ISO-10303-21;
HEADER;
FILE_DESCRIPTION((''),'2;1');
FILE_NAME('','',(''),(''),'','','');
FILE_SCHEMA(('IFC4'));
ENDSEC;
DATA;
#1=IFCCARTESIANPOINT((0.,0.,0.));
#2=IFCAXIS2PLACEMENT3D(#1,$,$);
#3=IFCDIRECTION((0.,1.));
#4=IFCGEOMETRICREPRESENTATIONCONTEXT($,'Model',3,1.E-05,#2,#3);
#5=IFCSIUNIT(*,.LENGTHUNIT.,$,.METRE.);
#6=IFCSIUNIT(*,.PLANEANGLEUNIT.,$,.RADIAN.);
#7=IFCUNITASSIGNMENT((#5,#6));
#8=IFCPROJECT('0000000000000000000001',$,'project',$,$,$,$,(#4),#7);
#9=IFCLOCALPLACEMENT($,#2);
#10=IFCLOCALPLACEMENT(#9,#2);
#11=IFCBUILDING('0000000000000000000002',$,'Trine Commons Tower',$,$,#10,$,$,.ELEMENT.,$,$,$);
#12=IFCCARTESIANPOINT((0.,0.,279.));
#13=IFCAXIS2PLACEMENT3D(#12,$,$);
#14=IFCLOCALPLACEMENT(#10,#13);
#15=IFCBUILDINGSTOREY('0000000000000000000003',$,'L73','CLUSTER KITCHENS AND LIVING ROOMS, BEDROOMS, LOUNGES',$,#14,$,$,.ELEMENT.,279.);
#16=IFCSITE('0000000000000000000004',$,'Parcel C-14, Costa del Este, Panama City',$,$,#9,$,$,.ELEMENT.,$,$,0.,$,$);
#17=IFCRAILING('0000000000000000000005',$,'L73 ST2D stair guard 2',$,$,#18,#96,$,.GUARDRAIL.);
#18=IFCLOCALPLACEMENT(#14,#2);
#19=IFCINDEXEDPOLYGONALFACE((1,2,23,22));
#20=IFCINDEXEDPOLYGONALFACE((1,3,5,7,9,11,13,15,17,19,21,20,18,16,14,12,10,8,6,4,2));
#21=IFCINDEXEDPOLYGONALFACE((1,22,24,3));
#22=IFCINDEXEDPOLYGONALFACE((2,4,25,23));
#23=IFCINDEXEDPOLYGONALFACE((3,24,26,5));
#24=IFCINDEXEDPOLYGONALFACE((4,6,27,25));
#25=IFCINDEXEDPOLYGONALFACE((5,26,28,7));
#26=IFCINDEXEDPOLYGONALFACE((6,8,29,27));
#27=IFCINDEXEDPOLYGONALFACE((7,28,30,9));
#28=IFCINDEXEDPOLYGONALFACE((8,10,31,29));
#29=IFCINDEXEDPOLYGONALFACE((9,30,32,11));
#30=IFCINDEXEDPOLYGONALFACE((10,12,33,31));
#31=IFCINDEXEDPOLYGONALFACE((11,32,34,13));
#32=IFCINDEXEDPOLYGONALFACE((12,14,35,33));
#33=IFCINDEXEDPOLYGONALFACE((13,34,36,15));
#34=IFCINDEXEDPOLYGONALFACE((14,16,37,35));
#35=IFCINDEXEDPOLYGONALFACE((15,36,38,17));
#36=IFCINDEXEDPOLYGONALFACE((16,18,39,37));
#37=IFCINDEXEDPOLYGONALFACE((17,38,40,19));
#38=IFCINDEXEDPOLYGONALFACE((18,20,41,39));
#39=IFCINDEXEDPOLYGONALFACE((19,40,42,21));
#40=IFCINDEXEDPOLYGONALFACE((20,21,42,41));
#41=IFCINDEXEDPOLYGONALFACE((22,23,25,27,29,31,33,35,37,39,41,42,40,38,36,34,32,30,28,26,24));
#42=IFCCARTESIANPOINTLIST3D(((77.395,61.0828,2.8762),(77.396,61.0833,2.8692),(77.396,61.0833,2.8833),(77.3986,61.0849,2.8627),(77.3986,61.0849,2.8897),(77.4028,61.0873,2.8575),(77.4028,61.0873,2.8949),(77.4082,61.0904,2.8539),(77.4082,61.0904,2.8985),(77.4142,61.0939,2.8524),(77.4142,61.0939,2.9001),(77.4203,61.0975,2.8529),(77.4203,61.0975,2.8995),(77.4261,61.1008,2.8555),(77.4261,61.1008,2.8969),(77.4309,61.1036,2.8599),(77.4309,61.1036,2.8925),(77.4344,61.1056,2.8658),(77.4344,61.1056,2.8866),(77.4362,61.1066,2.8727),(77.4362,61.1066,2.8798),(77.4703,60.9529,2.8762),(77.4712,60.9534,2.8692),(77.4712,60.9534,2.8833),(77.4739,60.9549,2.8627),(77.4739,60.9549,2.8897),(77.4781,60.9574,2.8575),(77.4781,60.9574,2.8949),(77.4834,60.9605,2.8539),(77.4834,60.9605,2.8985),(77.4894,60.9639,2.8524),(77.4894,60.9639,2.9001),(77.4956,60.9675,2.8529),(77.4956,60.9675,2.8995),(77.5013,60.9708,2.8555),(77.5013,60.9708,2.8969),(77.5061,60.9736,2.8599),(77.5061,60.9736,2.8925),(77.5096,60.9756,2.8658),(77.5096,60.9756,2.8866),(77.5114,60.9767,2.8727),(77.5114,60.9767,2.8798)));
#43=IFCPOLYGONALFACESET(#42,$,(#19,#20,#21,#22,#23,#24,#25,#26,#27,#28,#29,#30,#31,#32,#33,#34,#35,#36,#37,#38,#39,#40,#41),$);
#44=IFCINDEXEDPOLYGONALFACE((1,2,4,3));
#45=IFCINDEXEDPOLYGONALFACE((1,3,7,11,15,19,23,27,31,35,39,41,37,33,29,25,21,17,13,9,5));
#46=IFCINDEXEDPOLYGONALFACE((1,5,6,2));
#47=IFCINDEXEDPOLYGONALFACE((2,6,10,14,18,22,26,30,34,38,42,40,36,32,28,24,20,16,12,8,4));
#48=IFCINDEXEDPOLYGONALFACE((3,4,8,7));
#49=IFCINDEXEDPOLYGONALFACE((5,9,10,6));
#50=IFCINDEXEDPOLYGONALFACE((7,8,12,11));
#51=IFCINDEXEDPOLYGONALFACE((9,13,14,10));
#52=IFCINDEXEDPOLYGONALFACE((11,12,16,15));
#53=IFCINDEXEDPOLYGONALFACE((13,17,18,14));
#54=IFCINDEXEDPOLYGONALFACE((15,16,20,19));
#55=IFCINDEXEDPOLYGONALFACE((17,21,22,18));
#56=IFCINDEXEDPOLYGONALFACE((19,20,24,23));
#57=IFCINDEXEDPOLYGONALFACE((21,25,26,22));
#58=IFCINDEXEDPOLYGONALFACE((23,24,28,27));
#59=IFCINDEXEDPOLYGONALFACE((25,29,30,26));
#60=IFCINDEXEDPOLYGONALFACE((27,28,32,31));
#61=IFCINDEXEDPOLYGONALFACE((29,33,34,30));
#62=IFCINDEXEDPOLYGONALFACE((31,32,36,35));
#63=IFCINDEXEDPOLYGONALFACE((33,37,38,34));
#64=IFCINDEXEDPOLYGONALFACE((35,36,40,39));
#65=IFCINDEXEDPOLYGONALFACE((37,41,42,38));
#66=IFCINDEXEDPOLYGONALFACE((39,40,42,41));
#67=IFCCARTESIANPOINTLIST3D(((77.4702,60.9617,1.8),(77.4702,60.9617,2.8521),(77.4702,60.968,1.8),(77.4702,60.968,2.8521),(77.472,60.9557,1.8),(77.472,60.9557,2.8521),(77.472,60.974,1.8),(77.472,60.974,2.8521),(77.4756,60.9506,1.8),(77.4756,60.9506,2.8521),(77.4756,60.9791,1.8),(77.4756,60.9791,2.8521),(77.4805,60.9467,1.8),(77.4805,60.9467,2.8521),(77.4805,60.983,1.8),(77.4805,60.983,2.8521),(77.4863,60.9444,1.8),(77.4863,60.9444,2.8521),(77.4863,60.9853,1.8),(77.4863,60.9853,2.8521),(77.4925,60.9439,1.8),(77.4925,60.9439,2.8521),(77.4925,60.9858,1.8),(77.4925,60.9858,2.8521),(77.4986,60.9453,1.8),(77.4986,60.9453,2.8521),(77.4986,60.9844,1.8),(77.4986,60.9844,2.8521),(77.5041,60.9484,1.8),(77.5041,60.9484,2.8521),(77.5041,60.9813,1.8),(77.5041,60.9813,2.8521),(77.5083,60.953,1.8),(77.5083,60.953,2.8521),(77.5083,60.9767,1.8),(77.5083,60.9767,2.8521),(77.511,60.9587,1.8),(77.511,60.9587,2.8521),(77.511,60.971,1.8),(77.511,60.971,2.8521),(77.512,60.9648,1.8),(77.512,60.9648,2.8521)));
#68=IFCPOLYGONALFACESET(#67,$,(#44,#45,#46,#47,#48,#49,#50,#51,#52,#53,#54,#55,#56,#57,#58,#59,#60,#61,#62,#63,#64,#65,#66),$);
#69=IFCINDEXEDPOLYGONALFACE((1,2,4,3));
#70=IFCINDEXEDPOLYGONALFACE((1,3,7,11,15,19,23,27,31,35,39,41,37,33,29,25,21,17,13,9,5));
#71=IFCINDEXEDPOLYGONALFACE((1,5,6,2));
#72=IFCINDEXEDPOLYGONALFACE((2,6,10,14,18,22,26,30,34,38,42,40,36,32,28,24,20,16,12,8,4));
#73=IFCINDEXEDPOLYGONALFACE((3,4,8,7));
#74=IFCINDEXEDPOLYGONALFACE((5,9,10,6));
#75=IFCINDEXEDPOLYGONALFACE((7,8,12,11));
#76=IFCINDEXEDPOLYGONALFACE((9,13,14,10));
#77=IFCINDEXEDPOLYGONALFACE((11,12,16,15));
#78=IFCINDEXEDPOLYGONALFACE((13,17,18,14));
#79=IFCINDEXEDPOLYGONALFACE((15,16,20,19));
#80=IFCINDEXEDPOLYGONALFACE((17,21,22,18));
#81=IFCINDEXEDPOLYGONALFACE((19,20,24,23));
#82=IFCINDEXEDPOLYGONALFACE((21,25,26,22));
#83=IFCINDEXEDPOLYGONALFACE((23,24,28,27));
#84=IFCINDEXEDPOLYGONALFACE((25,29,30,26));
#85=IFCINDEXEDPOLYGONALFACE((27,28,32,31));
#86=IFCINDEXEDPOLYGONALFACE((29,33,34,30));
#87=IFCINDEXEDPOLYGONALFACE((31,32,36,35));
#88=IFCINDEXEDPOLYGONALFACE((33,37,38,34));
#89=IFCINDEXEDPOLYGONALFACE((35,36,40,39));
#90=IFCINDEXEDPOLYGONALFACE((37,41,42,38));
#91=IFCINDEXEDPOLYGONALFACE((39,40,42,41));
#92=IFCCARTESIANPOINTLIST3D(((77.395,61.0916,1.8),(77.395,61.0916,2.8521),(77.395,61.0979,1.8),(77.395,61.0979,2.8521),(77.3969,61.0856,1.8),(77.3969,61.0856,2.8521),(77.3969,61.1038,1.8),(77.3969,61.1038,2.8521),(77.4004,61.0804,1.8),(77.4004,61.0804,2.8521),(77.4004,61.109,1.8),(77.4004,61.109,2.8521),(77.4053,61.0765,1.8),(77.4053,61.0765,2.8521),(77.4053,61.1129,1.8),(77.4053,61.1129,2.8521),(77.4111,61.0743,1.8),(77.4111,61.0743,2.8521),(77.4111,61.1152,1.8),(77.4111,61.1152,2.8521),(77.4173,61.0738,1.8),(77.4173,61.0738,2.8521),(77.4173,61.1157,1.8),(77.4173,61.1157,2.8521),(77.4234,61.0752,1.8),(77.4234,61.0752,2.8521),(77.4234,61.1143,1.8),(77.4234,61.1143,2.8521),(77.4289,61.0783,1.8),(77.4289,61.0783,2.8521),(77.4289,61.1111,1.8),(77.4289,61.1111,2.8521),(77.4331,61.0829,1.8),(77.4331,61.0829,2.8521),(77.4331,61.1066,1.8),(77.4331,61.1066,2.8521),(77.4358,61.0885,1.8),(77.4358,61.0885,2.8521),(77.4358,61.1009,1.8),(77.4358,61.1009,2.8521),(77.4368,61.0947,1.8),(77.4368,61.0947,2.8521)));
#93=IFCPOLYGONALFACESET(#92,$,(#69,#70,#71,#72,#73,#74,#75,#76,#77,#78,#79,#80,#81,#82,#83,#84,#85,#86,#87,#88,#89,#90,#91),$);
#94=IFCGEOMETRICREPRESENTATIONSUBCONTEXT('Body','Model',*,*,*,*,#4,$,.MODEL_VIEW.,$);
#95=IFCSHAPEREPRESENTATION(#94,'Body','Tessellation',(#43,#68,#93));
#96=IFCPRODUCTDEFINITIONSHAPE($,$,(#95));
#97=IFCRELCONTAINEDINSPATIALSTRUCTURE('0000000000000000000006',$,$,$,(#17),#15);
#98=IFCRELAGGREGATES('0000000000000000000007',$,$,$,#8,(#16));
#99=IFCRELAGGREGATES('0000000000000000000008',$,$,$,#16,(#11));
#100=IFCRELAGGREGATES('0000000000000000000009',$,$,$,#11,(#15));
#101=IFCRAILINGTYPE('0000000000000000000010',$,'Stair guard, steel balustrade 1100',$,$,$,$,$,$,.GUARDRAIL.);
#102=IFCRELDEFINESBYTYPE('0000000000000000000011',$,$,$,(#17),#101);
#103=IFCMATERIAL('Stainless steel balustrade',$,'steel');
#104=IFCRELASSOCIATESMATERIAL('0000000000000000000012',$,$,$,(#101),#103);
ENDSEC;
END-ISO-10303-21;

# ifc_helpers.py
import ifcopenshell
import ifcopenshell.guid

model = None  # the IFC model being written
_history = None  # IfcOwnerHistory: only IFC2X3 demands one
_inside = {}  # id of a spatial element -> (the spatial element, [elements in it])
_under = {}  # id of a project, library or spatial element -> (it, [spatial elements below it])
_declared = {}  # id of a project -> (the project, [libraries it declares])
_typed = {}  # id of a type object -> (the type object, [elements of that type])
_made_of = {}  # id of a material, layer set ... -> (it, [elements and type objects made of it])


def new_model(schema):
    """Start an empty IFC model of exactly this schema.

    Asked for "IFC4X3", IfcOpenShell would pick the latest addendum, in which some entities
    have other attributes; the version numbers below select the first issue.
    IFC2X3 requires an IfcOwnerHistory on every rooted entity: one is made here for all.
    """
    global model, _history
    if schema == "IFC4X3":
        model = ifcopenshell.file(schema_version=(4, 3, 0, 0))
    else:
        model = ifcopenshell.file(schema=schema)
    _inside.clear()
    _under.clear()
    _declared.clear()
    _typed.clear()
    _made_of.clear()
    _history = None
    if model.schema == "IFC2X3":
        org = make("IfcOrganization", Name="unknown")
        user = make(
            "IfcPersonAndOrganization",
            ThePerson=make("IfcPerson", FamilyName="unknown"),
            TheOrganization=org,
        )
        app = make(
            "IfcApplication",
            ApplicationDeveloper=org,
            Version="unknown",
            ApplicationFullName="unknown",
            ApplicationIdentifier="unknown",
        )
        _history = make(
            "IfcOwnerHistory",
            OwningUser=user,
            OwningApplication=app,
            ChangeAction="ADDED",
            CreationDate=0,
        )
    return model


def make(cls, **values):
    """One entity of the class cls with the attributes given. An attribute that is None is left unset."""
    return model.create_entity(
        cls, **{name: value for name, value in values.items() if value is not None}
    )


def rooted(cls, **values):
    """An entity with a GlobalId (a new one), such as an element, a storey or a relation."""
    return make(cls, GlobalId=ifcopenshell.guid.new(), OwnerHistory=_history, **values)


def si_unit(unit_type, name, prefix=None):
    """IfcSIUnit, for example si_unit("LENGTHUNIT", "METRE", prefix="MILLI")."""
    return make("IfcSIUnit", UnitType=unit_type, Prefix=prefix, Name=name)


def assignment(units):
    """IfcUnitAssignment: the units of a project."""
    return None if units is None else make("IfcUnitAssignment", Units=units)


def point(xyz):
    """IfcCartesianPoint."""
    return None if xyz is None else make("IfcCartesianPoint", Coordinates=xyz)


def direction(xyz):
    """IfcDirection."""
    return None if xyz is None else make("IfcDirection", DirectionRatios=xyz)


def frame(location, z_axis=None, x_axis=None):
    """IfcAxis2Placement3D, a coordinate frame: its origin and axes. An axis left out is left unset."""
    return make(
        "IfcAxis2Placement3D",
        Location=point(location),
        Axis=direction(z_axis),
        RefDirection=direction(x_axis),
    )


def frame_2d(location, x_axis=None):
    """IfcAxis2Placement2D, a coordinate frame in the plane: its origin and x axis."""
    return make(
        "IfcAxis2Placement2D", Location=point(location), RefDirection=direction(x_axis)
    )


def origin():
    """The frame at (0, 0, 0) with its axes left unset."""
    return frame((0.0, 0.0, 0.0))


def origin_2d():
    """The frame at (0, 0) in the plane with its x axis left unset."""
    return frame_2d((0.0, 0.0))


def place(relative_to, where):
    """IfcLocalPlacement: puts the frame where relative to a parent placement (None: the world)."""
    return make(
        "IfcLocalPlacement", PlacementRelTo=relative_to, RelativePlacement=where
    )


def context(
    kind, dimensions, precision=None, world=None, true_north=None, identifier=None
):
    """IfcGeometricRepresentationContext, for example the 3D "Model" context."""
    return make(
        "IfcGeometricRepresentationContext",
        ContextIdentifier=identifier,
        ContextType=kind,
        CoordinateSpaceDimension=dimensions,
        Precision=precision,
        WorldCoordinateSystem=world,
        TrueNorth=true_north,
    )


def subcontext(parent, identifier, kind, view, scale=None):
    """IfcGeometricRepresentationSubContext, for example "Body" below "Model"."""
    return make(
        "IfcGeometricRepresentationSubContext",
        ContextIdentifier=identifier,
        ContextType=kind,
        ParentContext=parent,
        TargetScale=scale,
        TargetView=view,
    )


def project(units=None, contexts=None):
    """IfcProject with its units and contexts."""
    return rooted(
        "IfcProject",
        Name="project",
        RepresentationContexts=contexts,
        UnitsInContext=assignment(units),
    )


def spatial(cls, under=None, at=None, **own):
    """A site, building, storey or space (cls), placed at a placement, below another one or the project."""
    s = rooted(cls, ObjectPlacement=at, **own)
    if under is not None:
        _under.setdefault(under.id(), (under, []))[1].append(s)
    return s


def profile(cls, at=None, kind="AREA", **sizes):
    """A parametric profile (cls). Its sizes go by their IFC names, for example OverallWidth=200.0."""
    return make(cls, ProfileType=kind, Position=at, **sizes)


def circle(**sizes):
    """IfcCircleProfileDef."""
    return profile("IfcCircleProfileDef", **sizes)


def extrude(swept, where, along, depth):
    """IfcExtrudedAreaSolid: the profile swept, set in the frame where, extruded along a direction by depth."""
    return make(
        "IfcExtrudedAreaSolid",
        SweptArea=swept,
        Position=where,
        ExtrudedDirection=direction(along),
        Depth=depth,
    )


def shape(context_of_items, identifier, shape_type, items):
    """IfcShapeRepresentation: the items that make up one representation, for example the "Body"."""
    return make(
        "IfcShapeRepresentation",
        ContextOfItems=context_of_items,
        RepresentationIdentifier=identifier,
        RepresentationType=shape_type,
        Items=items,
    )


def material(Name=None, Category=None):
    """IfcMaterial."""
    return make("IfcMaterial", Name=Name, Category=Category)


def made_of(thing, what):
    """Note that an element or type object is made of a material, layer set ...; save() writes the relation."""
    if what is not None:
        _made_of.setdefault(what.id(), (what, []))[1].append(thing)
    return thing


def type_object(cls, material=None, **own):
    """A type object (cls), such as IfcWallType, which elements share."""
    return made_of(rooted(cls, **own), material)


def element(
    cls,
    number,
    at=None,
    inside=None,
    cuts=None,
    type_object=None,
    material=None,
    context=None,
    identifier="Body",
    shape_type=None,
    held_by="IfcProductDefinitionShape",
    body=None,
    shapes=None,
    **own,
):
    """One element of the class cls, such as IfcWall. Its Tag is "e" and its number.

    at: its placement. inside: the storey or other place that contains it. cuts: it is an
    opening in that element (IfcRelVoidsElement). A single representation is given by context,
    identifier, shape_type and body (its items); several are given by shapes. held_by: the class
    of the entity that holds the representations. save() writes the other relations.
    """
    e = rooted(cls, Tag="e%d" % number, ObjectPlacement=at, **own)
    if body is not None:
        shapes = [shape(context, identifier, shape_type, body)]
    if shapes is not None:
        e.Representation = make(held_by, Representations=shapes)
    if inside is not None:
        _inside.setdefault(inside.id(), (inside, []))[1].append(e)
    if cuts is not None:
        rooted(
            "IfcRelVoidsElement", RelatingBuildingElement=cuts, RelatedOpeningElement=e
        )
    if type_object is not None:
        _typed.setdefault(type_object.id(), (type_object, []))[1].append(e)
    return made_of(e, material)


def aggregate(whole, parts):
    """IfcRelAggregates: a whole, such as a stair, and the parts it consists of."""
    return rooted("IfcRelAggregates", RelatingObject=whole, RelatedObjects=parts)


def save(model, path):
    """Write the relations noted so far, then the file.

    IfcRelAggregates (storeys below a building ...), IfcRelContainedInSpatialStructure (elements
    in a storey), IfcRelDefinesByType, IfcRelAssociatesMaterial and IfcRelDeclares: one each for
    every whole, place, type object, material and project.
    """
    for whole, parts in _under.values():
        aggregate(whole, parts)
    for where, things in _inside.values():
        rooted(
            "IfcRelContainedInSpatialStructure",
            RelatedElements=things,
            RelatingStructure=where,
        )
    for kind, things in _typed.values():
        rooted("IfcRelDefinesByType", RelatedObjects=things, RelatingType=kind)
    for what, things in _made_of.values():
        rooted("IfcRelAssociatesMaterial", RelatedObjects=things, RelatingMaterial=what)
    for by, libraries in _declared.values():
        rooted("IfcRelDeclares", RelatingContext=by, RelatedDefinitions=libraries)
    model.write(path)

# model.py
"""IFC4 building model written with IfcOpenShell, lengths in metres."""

from ifc_helpers import new_model, si_unit, direction, frame, origin, origin_2d, place, context, subcontext, project, spatial, circle, extrude, material, type_object, element, save


model = new_model("IFC4")

# Units and contexts
model_context = context("Model", 3, precision=1e-05, world=origin(), true_north=direction((0.0, 1.0)))
body_context = subcontext(model_context, "Body", "Model", "MODEL_VIEW")
ifc_project = project(units=[si_unit("LENGTHUNIT", "METRE"), si_unit("PLANEANGLEUNIT", "RADIAN")], contexts=[model_context])

# Site, building, storey
site_placement = place(None, origin())
site = spatial("IfcSite", under=ifc_project, at=site_placement, Name="Parcel C-14, Costa del Este, Panama City", CompositionType="ELEMENT", RefElevation=0.0)
building_placement = place(site_placement, origin())
building = spatial("IfcBuilding", under=site, at=building_placement, Name="Trine Commons Tower", CompositionType="ELEMENT")
storey_placement = place(building_placement, frame((0.0, 0.0, 279.0)))
storey = spatial("IfcBuildingStorey", under=building, at=storey_placement, Name="L73", Description="CLUSTER KITCHENS AND LIVING ROOMS, BEDROOMS, LOUNGES", CompositionType="ELEMENT", Elevation=279.0)

# Railing
ifc_material_1 = material(Name="Stainless steel balustrade", Category="steel")
railing_type_1 = type_object("IfcRailingType", Name="Stair guard, steel balustrade 1100", PredefinedType="GUARDRAIL", material=ifc_material_1)
railing_1_placement = place(storey_placement, frame((77.491, 60.9648, 1.8)))
element("IfcRailing", 1, at=railing_1_placement, inside=storey, type_object=railing_type_1, Name="L73 ST2D stair guard 2", PredefinedType="GUARDRAIL", context=body_context, shape_type="SweptSolid", body=[
    extrude(circle(Radius=0.0239, at=origin_2d()), frame((0.0, 0.0, 1.0762), z_axis=(-0.501036, 0.865426, 0.0), x_axis=(-0.865426, -0.501036, 0.0)), (0.0, 0.0, 1.0), 0.1501),
    extrude(circle(Radius=0.021, at=origin_2d()), origin(), (0.0, 0.0, 1.0), 1.052),
    extrude(circle(Radius=0.021, at=origin_2d()), frame((-0.0752, 0.1299, 0.0)), (0.0, 0.0, 1.0), 1.052),
])

save(model, "model.ifc")
